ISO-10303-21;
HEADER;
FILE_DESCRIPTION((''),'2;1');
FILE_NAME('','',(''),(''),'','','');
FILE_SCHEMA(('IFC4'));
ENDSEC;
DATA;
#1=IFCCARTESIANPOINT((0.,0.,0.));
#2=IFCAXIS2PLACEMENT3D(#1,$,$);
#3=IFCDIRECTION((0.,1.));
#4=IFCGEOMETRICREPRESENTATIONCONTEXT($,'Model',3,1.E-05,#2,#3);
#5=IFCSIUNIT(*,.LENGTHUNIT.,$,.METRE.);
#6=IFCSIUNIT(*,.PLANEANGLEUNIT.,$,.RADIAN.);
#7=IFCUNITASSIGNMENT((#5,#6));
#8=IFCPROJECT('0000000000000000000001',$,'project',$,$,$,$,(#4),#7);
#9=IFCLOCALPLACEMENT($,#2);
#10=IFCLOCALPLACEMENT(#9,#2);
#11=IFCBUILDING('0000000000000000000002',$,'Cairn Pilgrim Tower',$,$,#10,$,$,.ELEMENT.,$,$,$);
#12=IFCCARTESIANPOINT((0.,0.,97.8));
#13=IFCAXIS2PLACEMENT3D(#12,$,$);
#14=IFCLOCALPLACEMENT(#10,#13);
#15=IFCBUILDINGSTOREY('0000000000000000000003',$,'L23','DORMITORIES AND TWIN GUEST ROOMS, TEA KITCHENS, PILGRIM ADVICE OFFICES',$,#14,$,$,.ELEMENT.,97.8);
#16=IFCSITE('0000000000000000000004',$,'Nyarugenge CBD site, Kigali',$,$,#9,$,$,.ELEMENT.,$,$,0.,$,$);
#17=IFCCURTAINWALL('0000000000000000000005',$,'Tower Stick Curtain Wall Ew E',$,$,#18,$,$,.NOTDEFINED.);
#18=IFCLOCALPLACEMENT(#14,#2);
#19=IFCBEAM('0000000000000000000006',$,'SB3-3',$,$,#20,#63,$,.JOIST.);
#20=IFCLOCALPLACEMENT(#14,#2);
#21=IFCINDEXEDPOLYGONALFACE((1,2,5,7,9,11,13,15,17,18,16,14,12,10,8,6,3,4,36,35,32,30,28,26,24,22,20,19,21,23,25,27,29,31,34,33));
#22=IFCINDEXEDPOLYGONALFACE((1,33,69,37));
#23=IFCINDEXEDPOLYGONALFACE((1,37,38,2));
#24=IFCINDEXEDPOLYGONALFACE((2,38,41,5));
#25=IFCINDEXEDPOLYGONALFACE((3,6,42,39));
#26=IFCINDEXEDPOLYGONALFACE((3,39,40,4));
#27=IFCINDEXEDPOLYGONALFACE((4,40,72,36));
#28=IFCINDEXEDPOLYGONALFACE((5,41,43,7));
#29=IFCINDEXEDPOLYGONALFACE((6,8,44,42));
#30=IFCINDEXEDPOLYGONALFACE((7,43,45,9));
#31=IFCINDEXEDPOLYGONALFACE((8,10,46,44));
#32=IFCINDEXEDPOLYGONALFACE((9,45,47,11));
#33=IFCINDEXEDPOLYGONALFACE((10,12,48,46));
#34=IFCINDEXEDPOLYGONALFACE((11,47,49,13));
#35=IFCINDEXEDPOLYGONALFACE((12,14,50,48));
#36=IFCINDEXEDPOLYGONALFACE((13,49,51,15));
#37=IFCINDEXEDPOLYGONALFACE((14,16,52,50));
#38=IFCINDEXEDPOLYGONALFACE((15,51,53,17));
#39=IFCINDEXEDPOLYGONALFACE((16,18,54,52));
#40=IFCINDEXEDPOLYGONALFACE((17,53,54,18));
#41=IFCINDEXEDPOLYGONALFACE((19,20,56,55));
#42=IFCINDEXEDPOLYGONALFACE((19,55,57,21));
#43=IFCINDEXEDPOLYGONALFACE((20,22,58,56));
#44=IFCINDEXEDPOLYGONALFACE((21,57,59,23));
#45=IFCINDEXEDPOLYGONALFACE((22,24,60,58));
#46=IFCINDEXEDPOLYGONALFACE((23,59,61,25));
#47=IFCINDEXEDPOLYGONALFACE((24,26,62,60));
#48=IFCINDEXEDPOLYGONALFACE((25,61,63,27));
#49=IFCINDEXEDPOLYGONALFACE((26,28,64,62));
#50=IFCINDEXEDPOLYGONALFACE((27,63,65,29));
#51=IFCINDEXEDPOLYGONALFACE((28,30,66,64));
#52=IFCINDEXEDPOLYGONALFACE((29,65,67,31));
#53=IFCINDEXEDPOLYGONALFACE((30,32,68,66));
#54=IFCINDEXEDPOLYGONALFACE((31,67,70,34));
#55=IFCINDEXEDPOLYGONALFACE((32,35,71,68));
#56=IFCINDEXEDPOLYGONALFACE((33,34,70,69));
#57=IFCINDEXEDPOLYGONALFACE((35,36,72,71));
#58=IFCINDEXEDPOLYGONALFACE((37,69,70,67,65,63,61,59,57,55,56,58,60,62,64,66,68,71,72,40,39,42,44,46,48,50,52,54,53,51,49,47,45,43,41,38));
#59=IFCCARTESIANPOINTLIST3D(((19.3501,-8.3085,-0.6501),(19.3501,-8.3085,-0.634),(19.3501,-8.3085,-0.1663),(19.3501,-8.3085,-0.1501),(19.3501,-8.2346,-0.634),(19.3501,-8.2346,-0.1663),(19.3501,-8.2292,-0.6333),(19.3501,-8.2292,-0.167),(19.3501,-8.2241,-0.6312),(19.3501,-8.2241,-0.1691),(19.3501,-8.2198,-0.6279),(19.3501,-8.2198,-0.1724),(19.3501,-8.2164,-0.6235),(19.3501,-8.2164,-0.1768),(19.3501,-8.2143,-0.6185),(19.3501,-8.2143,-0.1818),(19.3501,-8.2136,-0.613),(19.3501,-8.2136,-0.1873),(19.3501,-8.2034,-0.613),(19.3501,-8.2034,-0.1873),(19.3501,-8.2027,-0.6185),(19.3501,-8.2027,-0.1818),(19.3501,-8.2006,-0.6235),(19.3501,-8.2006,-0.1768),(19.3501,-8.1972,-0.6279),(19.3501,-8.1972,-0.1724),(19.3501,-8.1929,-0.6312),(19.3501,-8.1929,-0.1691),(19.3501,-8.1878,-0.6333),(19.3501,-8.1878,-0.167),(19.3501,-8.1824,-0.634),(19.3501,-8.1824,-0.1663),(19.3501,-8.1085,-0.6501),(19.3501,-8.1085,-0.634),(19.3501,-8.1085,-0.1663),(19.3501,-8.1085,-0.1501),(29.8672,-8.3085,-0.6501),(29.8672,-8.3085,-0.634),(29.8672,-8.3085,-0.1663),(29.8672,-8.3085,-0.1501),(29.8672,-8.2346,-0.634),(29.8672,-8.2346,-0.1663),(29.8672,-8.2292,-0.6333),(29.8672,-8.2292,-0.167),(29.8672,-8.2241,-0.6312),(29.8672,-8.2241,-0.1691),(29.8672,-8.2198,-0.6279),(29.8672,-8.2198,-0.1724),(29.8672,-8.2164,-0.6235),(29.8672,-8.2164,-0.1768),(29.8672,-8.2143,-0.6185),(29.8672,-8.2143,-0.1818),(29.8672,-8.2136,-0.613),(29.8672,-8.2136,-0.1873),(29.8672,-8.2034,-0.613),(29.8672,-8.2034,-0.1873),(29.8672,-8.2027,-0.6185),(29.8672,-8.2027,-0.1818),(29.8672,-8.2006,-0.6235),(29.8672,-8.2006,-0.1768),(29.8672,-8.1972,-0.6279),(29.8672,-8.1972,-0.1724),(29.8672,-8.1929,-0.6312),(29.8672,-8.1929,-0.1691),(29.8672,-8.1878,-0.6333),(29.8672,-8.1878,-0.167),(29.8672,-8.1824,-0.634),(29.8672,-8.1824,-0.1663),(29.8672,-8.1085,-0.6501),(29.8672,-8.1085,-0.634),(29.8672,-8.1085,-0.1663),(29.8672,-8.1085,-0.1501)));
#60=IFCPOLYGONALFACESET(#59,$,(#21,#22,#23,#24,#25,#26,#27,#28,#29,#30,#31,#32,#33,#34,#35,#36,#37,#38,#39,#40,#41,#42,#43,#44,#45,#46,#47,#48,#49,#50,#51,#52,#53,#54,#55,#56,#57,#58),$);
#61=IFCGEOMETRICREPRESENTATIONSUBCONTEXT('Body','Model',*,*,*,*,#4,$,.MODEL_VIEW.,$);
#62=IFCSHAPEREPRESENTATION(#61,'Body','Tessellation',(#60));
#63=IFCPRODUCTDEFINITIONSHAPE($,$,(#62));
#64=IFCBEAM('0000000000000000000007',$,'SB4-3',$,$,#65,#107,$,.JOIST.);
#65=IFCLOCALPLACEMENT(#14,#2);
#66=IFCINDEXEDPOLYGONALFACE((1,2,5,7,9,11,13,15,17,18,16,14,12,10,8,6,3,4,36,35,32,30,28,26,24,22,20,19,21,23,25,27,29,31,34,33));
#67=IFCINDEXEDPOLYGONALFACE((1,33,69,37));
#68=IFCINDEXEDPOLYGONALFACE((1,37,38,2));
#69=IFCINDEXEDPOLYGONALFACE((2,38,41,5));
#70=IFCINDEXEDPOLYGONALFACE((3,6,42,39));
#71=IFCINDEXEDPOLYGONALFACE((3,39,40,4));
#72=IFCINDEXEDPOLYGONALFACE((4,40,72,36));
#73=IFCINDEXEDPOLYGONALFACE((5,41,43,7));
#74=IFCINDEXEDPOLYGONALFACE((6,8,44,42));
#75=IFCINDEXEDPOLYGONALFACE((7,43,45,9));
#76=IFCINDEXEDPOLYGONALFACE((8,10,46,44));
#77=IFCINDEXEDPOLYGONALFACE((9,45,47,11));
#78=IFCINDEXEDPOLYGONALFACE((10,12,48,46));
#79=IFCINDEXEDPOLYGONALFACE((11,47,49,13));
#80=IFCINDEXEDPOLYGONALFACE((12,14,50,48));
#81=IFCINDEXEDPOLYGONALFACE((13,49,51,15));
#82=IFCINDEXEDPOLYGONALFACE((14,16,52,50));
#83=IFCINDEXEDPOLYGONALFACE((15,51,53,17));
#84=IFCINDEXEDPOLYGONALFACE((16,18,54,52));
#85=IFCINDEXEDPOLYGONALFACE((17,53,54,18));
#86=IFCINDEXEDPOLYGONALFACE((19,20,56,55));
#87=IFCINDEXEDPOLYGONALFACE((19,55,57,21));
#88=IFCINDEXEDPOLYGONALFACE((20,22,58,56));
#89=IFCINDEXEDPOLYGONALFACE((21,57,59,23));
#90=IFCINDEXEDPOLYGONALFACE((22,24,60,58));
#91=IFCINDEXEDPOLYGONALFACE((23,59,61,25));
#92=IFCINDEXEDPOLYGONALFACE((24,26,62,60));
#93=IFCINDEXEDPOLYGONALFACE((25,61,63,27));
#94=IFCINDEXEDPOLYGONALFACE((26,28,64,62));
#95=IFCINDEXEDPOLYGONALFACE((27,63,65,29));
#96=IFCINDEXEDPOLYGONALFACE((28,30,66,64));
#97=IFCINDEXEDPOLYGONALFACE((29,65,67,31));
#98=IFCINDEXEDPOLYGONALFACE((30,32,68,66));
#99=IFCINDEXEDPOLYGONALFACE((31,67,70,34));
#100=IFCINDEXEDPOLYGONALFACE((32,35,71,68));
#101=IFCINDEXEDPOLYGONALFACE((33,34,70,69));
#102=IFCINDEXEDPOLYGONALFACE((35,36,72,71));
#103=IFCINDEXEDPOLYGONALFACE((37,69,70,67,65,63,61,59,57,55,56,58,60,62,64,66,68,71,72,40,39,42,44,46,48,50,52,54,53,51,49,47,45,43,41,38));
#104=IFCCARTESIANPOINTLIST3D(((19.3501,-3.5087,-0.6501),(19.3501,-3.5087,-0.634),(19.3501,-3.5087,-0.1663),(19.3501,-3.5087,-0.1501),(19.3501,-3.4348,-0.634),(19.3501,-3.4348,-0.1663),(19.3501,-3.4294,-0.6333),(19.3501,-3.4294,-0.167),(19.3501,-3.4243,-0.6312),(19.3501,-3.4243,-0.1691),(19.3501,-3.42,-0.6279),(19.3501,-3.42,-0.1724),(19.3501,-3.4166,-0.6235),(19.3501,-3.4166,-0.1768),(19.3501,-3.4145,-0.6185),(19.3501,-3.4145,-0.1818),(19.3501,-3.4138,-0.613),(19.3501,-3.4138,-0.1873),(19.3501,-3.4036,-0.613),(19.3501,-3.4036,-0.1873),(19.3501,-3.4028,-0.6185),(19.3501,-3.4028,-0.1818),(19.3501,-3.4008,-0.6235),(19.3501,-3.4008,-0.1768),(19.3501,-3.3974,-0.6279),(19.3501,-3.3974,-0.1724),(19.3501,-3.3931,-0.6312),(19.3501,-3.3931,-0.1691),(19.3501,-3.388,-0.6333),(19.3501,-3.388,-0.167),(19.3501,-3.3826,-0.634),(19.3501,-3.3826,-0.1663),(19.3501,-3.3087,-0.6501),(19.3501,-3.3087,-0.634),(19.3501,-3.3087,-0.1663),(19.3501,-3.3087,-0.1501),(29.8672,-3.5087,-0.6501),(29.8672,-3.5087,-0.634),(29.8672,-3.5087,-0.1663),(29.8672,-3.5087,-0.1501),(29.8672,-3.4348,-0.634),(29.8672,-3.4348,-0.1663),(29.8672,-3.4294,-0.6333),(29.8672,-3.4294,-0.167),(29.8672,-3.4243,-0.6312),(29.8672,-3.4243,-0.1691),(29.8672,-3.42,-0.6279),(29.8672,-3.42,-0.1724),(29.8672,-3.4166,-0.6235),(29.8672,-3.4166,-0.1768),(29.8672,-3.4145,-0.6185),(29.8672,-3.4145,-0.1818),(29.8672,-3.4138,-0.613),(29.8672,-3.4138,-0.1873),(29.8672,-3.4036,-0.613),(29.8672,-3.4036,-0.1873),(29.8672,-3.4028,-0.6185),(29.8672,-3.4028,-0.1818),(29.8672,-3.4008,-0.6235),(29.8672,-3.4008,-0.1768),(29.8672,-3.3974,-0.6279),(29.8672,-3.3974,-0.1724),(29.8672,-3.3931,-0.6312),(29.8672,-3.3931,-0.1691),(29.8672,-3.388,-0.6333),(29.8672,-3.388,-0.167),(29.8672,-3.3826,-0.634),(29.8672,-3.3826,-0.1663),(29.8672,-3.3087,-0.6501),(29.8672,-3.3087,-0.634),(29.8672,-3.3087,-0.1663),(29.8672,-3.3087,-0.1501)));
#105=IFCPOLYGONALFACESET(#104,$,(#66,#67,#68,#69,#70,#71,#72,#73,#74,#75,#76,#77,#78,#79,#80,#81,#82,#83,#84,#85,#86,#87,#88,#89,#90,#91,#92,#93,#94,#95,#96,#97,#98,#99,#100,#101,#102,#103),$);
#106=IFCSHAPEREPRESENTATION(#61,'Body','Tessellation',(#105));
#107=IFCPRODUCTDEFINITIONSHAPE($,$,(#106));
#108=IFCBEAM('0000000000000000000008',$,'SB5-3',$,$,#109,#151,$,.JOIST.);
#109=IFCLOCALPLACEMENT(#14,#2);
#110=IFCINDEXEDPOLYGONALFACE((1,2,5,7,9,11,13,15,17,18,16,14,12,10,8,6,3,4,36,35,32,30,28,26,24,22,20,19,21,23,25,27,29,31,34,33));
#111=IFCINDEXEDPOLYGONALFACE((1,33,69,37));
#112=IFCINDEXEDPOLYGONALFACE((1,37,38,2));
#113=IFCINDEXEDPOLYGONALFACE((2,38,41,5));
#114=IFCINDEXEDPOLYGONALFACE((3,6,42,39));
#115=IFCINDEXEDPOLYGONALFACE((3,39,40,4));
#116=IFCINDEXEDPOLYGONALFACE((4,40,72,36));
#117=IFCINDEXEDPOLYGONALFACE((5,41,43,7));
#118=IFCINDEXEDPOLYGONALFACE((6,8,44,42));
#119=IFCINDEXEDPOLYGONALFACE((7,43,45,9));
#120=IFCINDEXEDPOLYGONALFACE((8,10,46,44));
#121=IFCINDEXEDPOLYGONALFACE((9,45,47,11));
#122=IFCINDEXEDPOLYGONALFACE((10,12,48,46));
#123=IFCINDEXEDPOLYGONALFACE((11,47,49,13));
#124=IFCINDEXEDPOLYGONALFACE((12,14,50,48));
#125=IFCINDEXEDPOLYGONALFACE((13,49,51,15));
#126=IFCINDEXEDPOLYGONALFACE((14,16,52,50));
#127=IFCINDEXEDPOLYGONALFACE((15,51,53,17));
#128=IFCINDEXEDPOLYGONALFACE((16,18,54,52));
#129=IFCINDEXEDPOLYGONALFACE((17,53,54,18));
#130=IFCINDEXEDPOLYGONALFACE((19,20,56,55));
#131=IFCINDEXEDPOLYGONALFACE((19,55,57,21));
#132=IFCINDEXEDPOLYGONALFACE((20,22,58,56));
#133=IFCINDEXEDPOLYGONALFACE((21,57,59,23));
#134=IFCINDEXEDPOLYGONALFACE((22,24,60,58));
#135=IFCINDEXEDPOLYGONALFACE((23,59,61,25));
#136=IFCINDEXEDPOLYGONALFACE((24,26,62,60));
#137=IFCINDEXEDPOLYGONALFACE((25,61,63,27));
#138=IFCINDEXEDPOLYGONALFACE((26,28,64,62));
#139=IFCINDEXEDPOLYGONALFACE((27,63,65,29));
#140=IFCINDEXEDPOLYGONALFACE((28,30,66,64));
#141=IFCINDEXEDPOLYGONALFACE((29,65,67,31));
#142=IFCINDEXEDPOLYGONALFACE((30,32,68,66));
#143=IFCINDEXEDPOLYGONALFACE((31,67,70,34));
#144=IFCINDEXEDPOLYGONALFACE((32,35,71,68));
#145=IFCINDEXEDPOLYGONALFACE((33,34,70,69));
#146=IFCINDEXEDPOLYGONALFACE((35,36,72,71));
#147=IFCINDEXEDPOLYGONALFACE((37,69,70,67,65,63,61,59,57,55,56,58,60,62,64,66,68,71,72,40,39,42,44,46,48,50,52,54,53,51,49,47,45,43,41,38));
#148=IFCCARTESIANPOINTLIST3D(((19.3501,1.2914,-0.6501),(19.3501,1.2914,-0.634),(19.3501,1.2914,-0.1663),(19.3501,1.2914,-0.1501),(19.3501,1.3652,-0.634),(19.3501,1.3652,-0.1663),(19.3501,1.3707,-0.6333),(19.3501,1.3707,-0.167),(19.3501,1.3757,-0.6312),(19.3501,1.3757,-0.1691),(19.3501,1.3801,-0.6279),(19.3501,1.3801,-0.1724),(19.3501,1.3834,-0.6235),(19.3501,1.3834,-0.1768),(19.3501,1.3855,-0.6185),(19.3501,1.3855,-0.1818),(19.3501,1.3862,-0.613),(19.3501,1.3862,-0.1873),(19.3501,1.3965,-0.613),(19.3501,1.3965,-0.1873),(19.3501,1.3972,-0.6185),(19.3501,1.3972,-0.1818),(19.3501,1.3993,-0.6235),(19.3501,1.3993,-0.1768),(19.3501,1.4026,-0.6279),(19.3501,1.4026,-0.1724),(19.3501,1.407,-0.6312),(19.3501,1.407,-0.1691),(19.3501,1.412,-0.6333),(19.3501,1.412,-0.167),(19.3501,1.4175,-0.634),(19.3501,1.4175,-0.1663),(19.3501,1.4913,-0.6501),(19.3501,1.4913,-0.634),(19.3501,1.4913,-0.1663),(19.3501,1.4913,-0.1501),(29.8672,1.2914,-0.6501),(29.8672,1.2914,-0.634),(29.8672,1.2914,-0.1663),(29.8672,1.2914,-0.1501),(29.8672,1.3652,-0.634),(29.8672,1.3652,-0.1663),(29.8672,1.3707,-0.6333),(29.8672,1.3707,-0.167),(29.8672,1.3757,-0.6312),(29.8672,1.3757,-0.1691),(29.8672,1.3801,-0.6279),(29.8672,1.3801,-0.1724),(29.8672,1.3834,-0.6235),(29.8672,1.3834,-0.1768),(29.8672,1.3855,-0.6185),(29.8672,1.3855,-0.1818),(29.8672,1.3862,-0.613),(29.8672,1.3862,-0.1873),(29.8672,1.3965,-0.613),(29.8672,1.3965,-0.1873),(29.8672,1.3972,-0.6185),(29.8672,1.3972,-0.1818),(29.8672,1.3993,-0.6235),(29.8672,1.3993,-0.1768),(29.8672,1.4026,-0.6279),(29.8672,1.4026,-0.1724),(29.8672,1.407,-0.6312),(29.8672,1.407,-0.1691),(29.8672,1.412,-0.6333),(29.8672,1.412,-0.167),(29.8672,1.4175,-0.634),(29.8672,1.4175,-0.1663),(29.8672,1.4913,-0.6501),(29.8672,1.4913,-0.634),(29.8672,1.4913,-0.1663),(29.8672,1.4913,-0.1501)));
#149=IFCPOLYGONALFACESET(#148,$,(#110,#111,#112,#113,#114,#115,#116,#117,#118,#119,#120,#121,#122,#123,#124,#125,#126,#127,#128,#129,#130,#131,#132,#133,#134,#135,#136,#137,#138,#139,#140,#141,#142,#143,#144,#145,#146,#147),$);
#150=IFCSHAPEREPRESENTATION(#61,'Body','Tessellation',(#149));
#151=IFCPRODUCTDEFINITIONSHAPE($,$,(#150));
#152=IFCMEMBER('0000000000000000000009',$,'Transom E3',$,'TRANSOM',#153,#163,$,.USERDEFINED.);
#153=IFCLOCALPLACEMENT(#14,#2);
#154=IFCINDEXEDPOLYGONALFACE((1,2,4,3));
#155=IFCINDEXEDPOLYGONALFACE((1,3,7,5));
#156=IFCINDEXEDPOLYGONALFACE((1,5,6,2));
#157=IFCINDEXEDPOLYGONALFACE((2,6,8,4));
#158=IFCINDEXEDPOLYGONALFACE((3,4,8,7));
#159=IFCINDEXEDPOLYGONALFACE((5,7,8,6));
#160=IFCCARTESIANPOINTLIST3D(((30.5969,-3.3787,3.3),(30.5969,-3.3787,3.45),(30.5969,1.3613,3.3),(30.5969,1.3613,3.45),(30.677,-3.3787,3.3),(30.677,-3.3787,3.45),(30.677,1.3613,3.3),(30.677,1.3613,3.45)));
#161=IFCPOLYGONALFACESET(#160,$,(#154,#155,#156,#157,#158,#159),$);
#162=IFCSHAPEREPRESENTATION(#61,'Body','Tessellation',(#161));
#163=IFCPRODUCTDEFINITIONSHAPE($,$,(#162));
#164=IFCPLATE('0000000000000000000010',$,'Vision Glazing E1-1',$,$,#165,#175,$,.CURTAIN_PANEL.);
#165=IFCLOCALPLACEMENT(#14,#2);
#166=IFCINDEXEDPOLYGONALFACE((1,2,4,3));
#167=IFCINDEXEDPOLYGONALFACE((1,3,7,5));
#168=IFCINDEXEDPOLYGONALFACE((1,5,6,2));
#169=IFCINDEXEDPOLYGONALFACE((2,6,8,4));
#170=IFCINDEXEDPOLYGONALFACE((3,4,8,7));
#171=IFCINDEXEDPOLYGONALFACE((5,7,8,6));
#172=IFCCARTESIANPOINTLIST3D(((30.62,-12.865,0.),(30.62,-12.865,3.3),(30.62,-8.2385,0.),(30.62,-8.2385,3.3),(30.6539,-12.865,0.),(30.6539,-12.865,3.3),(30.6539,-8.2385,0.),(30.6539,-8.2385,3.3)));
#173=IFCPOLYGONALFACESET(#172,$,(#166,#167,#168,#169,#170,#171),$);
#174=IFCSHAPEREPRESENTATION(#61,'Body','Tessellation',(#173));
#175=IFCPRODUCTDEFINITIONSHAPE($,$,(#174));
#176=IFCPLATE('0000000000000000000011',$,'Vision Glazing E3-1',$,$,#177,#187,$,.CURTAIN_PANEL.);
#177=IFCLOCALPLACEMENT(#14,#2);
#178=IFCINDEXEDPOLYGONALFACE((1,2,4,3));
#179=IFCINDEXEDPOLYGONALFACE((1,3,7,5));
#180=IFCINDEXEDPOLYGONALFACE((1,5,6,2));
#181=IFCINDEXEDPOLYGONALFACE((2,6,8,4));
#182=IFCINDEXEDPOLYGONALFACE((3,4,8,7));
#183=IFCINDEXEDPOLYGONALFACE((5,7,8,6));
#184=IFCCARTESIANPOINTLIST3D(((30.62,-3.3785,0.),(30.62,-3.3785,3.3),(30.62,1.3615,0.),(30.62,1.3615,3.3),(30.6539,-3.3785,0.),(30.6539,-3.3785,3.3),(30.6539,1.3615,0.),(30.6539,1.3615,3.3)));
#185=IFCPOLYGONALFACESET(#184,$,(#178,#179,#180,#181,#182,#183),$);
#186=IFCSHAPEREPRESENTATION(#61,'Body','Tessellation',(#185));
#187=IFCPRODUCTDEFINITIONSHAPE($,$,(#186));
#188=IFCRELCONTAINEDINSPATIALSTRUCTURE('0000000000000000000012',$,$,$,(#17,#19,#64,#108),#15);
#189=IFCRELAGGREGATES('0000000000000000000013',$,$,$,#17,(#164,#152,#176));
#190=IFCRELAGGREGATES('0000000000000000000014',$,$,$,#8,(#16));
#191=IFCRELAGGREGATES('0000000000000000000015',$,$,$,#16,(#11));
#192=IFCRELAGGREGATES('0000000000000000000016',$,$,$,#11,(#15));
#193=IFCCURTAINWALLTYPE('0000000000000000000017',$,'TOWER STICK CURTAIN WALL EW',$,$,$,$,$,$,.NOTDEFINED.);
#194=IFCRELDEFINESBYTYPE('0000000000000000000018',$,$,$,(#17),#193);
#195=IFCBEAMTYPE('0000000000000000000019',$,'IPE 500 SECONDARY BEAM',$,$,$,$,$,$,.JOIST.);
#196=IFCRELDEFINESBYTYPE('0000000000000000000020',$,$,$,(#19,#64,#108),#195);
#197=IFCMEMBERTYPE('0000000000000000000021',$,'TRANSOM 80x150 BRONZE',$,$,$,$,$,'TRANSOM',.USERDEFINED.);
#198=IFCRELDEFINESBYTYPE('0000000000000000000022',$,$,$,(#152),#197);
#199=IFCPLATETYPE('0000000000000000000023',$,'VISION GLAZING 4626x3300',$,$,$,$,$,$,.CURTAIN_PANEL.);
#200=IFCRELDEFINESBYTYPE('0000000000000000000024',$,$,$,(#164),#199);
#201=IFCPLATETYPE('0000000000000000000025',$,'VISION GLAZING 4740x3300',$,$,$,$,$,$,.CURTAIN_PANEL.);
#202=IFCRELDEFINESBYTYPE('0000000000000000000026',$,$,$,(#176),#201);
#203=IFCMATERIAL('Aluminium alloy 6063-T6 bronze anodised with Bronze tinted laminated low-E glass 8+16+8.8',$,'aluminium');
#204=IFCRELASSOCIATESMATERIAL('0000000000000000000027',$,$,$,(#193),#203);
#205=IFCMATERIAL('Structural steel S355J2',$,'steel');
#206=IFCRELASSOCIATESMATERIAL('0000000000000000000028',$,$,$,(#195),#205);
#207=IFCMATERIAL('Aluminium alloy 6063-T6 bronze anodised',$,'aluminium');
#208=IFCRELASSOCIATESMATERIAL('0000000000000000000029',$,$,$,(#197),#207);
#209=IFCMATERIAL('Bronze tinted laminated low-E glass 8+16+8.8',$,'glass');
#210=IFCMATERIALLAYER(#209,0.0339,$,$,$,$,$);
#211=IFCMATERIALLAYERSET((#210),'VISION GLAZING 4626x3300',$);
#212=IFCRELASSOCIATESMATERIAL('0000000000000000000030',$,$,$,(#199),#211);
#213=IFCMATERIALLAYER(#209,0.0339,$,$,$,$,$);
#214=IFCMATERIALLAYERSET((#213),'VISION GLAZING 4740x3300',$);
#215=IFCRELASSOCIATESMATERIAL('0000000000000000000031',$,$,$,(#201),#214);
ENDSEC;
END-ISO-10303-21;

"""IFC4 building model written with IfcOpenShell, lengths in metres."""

from ifc_helpers import new_model, si_unit, direction, frame, origin, origin_2d, place, context, subcontext, project, spatial, rectangle, i_section, extrude, material, layer, layer_set, material_profile, profile_set, type_object, element, aggregate, save


model = new_model("IFC4")

# Units and contexts
model_context = context("Model", 3, precision=1e-05, world=origin(), true_north=direction((0.0, 1.0)))
body_context = subcontext(model_context, "Body", "Model", "MODEL_VIEW")
ifc_project = project(units=[si_unit("LENGTHUNIT", "METRE"), si_unit("PLANEANGLEUNIT", "RADIAN")], contexts=[model_context])

# Site, building, storey
site_placement = place(None, origin())
site = spatial("IfcSite", under=ifc_project, at=site_placement, Name="Nyarugenge CBD site, Kigali", CompositionType="ELEMENT", RefElevation=0.0)
building_placement = place(site_placement, origin())
building = spatial("IfcBuilding", under=site, at=building_placement, Name="Cairn Pilgrim Tower", CompositionType="ELEMENT")
storey_placement = place(building_placement, frame((0.0, 0.0, 97.8)))
storey = spatial("IfcBuildingStorey", under=building, at=storey_placement, Name="L23", Description="DORMITORIES AND TWIN GUEST ROOMS, TEA KITCHENS, PILGRIM ADVICE OFFICES", CompositionType="ELEMENT", Elevation=97.8)

# Curtain wall
ifc_material_1 = material(Name="Aluminium alloy 6063-T6 bronze anodised with Bronze tinted laminated low-E glass 8+16+8.8", Category="aluminium")
curtain_wall_type = type_object("IfcCurtainWallType", Name="TOWER STICK CURTAIN WALL EW", PredefinedType="NOTDEFINED", material=ifc_material_1)
curtain_wall_placement = place(storey_placement, origin())
curtain_wall = element("IfcCurtainWall", 1, at=curtain_wall_placement, inside=storey, type_object=curtain_wall_type, Name="Tower Stick Curtain Wall Ew E", PredefinedType="NOTDEFINED")
ifc_material_2 = material(Name="Aluminium alloy 6063-T6 bronze anodised", Category="aluminium")

# Beams
ifc_material_3 = material(Name="Structural steel S355J2", Category="steel")
ifc_material_profile_1 = material_profile(ifc_material_3, i_section(OverallWidth=0.2, OverallDepth=0.5, WebThickness=0.0103, FlangeThickness=0.0161, FilletRadius=0.021, at=origin_2d()), Name="IPE 500")
ifc_profile_set_1 = profile_set([ifc_material_profile_1], Name="Structural steel S355J2")
beam_type_1 = type_object("IfcBeamType", Name="IPE 500 SECONDARY BEAM", PredefinedType="JOIST", material=ifc_profile_set_1)
for number, where, z_axis, x_axis, name in (
    (2, (19.3501, -8.2085, -0.4001), (1.0, 0.0, 0.0), (0.0, 1.0, 0.0), "SB3-3"),
    (3, (19.3501, -3.4087, -0.4001), (1.0, 0.0, 0.0), (0.0, 1.0, 0.0), "SB4-3"),
    (4, (19.3501, 1.3914, -0.4001), (1.0, 0.0, 0.0), (0.0, 1.0, 0.0), "SB5-3"),
):
    element("IfcBeam", number, at=place(storey_placement, frame(where, z_axis=z_axis, x_axis=x_axis)), inside=storey, type_object=beam_type_1, Name=name, PredefinedType="JOIST", context=body_context, shape_type="SweptSolid", body=[
        extrude(i_section(OverallWidth=0.2, OverallDepth=0.5, WebThickness=0.0103, FlangeThickness=0.0161, FilletRadius=0.021, at=origin_2d()), origin(), (0.0, 0.0, 1.0), 10.5171),
    ])

# Member
ifc_material_profile_2 = material_profile(ifc_material_2, rectangle(XDim=0.0801, YDim=0.1499, at=origin_2d()), Name="TRANSOM 80x150 BRONZE")
ifc_profile_set_2 = profile_set([ifc_material_profile_2], Name="Aluminium alloy 6063-T6 bronze anodised")
member_type_1 = type_object("IfcMemberType", Name="TRANSOM 80x150 BRONZE", ElementType="TRANSOM", PredefinedType="USERDEFINED", material=ifc_profile_set_2)
member_1_placement = place(storey_placement, frame((30.637, -3.3787, 3.375), z_axis=(0.0, 1.0, 0.0), x_axis=(-1.0, 0.0, 0.0)))
member_1 = element("IfcMember", 5, at=member_1_placement, type_object=member_type_1, Name="Transom E3", ObjectType="TRANSOM", PredefinedType="USERDEFINED", context=body_context, shape_type="SweptSolid", body=[
    extrude(rectangle(XDim=0.0801, YDim=0.1499, at=origin_2d()), origin(), (0.0, 0.0, 1.0), 4.74),
])

# Plates
ifc_material_4 = material(Name="Bronze tinted laminated low-E glass 8+16+8.8", Category="glass")
ifc_layer_1 = layer(ifc_material_4, 0.0339)
ifc_layer_set_1 = layer_set([ifc_layer_1], Name="VISION GLAZING 4626x3300")
plate_type_1 = type_object("IfcPlateType", Name="VISION GLAZING 4626x3300", PredefinedType="CURTAIN_PANEL", material=ifc_layer_set_1)
plate_1_placement = place(storey_placement, frame((30.637, -10.5518, 0.0), z_axis=(0.0, 0.0, 1.0), x_axis=(0.0, 1.0, 0.0)))
plate_1 = element("IfcPlate", 6, at=plate_1_placement, type_object=plate_type_1, Name="Vision Glazing E1-1", PredefinedType="CURTAIN_PANEL", context=body_context, shape_type="SweptSolid", body=[
    extrude(rectangle(XDim=4.6265, YDim=0.0339, at=origin_2d()), origin(), (0.0, 0.0, 1.0), 3.3),
])
ifc_layer_2 = layer(ifc_material_4, 0.0339)
ifc_layer_set_2 = layer_set([ifc_layer_2], Name="VISION GLAZING 4740x3300")
plate_type_2 = type_object("IfcPlateType", Name="VISION GLAZING 4740x3300", PredefinedType="CURTAIN_PANEL", material=ifc_layer_set_2)
plate_2_placement = place(storey_placement, frame((30.637, -1.0085, 0.0), z_axis=(0.0, 0.0, 1.0), x_axis=(0.0, 1.0, 0.0)))
plate_2 = element("IfcPlate", 7, at=plate_2_placement, type_object=plate_type_2, Name="Vision Glazing E3-1", PredefinedType="CURTAIN_PANEL", context=body_context, shape_type="SweptSolid", body=[
    extrude(rectangle(XDim=4.74, YDim=0.0339, at=origin_2d()), origin(), (0.0, 0.0, 1.0), 3.3),
])
aggregate(curtain_wall, [plate_1, member_1, plate_2])

save(model, "model.ifc")
